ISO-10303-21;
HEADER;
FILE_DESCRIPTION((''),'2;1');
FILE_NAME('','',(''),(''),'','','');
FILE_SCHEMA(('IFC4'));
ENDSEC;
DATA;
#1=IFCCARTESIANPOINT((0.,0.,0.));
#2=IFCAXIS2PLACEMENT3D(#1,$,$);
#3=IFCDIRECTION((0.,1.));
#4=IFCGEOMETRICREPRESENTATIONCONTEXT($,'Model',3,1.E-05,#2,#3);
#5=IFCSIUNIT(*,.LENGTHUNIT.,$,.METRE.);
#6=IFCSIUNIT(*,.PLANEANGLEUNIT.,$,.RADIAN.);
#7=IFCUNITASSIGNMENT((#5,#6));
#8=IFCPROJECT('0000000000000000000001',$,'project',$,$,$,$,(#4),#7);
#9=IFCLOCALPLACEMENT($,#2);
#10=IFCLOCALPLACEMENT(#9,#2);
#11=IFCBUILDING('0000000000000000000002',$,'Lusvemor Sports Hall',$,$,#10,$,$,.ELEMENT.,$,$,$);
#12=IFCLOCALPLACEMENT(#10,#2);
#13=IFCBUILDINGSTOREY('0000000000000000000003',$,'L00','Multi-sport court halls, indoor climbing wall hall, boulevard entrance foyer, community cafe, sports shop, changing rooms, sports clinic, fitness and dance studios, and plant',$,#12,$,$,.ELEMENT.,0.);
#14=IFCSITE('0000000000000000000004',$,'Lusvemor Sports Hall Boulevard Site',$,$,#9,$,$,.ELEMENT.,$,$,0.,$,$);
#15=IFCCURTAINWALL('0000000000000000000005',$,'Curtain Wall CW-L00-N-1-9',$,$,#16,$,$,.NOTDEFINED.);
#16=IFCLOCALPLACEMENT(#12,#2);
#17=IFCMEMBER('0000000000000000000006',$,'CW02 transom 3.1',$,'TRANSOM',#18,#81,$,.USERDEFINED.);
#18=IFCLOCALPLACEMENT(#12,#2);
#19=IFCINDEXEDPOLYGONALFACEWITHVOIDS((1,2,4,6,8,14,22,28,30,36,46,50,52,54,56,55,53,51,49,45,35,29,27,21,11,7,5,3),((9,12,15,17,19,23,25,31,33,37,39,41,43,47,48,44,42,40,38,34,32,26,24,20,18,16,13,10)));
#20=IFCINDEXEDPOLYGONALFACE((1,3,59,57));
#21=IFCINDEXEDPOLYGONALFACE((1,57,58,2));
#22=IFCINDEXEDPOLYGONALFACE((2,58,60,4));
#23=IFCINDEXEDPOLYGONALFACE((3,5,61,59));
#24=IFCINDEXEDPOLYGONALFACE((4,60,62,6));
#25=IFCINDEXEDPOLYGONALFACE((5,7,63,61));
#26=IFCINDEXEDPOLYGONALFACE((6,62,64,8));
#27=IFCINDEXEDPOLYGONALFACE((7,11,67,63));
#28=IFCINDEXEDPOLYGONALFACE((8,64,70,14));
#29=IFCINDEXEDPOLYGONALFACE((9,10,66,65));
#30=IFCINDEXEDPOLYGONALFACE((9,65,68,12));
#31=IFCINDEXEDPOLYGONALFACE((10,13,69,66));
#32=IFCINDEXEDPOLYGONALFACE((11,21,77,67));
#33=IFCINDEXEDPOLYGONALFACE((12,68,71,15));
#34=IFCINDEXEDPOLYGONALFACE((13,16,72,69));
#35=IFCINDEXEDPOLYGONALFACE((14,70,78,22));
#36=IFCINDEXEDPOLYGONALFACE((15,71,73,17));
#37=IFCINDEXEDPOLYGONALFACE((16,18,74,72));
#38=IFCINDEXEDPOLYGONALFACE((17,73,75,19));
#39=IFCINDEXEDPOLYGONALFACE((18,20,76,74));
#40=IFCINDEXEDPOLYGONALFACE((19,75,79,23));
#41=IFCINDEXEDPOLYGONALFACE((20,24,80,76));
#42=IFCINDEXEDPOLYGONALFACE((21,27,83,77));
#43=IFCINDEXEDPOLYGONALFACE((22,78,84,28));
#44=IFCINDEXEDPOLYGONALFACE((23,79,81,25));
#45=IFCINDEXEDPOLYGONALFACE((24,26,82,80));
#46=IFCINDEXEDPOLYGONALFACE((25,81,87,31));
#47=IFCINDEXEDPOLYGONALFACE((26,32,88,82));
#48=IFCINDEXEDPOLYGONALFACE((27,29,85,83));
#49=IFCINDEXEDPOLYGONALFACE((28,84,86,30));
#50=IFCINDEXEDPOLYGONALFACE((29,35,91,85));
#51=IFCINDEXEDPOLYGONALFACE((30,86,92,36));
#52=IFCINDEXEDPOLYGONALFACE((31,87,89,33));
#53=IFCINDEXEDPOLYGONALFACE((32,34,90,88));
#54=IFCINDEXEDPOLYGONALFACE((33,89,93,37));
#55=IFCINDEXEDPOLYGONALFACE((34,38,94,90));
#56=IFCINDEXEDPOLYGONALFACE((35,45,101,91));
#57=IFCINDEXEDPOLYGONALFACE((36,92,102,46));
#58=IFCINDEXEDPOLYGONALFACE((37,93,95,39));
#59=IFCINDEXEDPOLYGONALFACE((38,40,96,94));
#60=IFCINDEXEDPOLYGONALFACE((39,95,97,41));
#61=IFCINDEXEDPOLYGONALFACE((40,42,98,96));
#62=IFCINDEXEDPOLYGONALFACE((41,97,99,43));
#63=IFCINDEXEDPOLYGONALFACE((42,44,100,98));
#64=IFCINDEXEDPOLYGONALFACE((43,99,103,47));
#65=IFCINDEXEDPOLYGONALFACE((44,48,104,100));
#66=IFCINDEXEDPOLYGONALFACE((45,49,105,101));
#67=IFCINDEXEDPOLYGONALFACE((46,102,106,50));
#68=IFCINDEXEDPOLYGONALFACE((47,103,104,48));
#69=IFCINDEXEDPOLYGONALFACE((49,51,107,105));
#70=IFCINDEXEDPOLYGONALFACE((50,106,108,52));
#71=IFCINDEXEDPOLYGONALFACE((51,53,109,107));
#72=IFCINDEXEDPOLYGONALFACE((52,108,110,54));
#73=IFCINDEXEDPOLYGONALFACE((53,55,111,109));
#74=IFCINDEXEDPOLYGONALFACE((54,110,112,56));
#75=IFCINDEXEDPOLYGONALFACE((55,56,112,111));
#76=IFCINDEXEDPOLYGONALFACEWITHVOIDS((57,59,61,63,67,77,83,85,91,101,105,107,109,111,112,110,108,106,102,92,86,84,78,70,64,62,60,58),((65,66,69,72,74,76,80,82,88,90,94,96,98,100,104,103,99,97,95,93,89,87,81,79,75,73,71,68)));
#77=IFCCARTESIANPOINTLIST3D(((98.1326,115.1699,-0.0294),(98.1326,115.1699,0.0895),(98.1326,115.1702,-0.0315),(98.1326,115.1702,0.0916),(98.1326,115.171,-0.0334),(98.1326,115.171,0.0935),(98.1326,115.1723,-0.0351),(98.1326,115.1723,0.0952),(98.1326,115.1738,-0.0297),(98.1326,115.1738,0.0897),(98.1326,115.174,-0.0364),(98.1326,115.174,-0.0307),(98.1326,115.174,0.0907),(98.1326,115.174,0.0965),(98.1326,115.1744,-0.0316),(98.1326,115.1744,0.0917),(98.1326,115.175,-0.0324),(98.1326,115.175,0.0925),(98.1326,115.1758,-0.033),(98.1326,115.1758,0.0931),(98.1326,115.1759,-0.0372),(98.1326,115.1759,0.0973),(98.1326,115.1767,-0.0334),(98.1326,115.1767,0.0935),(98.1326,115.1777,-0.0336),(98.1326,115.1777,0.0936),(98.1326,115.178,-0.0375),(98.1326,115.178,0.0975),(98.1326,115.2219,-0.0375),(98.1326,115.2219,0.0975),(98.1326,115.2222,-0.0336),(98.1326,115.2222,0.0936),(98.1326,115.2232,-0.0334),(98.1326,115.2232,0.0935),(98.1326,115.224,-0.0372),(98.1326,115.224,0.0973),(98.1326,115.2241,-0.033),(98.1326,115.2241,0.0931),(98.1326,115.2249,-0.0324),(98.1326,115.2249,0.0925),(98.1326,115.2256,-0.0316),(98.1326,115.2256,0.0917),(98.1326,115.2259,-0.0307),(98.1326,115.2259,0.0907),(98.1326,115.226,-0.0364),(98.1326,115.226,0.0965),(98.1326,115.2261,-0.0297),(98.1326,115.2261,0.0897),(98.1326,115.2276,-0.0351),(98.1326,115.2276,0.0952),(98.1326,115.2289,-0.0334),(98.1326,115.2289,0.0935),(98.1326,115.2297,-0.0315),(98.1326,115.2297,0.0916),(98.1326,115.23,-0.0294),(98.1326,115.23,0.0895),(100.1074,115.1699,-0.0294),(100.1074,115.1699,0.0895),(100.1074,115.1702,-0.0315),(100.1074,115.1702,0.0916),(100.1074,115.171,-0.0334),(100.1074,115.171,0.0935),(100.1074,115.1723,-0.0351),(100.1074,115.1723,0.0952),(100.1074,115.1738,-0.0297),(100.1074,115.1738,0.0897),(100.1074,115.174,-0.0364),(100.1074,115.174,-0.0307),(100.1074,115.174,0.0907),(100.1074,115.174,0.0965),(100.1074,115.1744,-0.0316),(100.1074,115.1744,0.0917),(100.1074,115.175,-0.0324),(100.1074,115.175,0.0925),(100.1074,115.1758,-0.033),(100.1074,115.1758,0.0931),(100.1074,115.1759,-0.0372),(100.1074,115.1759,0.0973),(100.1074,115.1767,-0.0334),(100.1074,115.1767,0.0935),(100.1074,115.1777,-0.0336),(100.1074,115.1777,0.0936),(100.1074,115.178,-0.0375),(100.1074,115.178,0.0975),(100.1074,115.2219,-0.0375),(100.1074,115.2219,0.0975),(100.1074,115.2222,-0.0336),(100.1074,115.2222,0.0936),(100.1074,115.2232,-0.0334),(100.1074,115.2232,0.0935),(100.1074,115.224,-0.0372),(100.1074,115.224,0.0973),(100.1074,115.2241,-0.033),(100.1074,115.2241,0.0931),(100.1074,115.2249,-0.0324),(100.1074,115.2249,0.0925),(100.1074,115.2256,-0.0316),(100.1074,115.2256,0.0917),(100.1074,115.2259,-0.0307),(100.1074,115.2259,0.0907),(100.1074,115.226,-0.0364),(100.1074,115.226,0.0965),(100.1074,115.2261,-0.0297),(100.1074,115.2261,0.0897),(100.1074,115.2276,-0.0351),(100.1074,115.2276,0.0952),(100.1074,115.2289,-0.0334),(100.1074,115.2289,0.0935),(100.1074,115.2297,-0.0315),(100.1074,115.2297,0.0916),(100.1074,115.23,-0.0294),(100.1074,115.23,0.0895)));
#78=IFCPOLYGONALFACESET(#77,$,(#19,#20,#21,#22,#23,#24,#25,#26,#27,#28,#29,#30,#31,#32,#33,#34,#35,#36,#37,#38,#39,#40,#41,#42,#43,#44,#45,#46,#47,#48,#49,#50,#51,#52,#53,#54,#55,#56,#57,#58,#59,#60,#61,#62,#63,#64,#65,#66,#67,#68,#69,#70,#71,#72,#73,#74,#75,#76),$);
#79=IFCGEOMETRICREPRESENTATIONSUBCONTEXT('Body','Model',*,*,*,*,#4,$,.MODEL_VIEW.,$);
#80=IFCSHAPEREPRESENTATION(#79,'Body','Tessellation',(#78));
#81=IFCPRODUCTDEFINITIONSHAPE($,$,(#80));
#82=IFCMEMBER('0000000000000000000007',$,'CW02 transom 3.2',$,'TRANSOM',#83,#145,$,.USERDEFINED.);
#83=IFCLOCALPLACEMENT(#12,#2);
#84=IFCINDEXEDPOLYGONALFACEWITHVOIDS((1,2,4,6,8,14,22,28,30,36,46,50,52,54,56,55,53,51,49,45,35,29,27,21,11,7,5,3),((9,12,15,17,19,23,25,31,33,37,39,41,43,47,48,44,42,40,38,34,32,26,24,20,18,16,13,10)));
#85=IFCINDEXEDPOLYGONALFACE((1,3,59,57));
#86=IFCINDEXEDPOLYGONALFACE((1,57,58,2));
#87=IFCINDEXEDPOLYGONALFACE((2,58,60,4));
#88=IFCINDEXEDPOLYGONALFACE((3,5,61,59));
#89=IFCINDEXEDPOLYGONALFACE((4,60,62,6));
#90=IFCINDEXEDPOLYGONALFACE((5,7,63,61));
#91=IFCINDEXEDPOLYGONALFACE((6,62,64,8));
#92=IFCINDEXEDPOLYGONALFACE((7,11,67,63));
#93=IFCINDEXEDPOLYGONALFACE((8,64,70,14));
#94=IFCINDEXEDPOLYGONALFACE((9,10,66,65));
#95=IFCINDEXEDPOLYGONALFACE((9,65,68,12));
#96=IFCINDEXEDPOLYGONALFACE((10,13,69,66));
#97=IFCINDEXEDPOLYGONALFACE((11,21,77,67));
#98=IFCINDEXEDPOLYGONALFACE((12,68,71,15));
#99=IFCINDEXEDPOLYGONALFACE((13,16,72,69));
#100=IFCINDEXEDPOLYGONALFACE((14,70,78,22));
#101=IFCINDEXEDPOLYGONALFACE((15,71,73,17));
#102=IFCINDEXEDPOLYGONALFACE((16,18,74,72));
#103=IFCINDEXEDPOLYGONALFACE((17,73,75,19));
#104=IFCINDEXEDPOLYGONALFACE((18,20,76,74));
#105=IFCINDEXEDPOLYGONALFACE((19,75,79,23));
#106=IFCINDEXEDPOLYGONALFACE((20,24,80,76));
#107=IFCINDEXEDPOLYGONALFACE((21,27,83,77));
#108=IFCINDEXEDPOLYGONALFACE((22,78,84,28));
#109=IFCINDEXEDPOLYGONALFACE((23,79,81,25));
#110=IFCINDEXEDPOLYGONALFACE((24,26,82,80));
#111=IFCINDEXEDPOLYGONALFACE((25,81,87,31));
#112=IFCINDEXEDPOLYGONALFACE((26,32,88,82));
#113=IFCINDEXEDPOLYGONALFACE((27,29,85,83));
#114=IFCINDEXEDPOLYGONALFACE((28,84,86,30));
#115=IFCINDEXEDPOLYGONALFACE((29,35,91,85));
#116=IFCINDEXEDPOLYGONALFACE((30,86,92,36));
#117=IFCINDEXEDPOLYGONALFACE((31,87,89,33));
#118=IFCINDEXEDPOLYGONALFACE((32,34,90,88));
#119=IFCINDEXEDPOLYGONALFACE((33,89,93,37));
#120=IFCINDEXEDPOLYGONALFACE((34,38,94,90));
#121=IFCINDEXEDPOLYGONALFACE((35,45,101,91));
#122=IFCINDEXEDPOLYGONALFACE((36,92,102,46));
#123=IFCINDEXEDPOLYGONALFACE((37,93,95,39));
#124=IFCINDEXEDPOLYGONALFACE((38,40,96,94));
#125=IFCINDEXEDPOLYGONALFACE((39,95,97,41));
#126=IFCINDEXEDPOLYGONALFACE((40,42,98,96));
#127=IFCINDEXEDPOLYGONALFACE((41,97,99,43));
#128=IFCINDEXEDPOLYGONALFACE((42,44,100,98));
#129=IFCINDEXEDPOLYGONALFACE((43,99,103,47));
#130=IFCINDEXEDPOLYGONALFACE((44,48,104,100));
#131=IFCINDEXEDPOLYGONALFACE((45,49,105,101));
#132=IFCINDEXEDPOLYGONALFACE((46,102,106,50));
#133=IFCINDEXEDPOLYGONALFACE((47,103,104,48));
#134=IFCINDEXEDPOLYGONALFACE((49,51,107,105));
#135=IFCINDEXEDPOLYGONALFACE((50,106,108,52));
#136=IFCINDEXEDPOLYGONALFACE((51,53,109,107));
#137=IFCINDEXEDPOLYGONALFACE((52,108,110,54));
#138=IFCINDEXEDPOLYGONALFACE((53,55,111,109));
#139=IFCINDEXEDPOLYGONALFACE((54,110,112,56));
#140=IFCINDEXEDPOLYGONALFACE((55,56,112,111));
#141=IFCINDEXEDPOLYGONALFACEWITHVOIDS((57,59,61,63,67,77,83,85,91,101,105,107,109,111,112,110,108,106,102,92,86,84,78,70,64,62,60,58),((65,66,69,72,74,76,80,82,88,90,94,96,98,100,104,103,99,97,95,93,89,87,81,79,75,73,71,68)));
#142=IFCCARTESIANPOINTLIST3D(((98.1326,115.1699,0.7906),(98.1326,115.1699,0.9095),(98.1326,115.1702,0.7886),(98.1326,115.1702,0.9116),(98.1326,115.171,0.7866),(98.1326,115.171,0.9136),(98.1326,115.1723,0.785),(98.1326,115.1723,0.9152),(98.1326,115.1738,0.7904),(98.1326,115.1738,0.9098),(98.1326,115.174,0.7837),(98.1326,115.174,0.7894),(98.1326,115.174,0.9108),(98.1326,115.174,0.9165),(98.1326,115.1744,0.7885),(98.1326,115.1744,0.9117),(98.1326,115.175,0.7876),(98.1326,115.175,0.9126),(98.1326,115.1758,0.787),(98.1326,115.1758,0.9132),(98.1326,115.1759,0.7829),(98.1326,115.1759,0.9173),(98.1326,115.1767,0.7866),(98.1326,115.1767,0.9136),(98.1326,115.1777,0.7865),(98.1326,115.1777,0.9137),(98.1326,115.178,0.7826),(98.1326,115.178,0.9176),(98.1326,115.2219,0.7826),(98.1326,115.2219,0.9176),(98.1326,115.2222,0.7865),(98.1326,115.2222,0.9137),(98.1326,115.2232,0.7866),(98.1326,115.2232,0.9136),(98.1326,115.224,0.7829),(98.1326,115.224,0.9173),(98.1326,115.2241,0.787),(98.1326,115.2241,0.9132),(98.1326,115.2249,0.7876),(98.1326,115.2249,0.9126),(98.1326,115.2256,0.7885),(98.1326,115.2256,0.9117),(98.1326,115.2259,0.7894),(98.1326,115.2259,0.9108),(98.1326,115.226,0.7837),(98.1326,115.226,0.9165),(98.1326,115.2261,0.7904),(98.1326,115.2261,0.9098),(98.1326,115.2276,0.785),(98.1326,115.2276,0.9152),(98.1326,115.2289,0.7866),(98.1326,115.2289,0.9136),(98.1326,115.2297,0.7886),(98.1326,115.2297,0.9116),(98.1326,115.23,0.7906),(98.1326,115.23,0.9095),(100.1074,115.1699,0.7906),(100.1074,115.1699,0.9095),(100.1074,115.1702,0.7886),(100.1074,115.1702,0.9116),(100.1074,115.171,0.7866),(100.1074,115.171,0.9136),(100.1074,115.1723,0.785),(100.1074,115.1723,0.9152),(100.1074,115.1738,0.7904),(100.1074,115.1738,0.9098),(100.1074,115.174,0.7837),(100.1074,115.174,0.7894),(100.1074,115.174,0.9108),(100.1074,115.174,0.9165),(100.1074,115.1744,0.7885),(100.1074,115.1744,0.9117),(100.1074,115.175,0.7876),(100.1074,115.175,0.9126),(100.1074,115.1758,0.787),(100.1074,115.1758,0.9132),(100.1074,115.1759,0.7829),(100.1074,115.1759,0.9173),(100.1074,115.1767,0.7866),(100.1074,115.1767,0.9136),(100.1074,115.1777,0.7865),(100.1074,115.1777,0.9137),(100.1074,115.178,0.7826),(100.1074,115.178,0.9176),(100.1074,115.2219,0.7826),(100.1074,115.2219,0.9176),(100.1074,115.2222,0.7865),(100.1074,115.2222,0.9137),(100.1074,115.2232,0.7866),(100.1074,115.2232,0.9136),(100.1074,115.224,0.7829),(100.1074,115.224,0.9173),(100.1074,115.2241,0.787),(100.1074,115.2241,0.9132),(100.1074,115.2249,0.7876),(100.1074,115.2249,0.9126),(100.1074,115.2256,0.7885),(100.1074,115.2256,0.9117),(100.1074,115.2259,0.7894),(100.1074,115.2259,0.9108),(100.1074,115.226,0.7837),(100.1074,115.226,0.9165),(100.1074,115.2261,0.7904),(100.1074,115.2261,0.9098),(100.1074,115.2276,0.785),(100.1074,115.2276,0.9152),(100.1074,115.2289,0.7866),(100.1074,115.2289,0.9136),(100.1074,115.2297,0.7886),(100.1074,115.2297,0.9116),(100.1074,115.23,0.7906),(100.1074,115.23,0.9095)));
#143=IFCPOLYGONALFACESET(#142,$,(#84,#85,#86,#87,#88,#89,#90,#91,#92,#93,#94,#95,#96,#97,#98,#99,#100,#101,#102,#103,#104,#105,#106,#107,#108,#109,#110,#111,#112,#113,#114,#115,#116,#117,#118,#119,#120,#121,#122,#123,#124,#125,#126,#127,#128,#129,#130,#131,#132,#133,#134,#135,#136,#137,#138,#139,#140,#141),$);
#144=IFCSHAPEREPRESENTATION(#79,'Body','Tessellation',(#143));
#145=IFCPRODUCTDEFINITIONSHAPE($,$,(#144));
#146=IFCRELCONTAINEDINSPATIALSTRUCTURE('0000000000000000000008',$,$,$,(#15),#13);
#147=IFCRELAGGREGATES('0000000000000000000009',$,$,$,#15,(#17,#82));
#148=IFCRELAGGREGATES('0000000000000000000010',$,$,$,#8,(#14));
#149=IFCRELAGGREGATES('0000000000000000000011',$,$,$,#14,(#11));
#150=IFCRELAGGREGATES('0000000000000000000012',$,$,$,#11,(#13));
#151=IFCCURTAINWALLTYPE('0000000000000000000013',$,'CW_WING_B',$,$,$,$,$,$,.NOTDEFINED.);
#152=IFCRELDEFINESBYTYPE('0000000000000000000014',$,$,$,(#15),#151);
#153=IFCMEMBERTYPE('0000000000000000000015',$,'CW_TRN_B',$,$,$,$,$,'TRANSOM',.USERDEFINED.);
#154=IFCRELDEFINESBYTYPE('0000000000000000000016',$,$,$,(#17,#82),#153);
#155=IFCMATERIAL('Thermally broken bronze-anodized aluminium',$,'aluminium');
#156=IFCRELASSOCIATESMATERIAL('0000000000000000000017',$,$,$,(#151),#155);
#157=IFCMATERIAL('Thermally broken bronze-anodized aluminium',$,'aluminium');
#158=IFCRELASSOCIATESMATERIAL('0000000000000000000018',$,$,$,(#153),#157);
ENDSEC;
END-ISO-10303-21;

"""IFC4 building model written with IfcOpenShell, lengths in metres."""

from ifc_helpers import new_model, si_unit, direction, frame, origin, origin_2d, place, context, subcontext, project, spatial, hollow_rectangle, extrude, material, material_profile, profile_set, type_object, element, aggregate, save


model = new_model("IFC4")

# Units and contexts
model_context = context("Model", 3, precision=1e-05, world=origin(), true_north=direction((0.0, 1.0)))
body_context = subcontext(model_context, "Body", "Model", "MODEL_VIEW")
ifc_project = project(units=[si_unit("LENGTHUNIT", "METRE"), si_unit("PLANEANGLEUNIT", "RADIAN")], contexts=[model_context])

# Site, building, storey
site_placement = place(None, origin())
site = spatial("IfcSite", under=ifc_project, at=site_placement, Name="Lusvemor Sports Hall Boulevard Site", CompositionType="ELEMENT", RefElevation=0.0)
building_placement = place(site_placement, origin())
building = spatial("IfcBuilding", under=site, at=building_placement, Name="Lusvemor Sports Hall", CompositionType="ELEMENT")
storey_placement = place(building_placement, origin())
storey = spatial("IfcBuildingStorey", under=building, at=storey_placement, Name="L00", Description="Multi-sport court halls, indoor climbing wall hall, boulevard entrance foyer, community cafe, sports shop, changing rooms, sports clinic, fitness and dance studios, and plant", CompositionType="ELEMENT", Elevation=0.0)

# Curtain wall, members
ifc_material_1 = material(Name="Thermally broken bronze-anodized aluminium", Category="aluminium")
curtain_wall_type = type_object("IfcCurtainWallType", Name="CW_WING_B", PredefinedType="NOTDEFINED", material=ifc_material_1)
curtain_wall_placement = place(storey_placement, origin())
curtain_wall = element("IfcCurtainWall", 1, at=curtain_wall_placement, inside=storey, type_object=curtain_wall_type, Name="Curtain Wall CW-L00-N-1-9", PredefinedType="NOTDEFINED")
ifc_material_2 = material(Name="Thermally broken bronze-anodized aluminium", Category="aluminium")
ifc_material_profile_1 = material_profile(ifc_material_2, hollow_rectangle(XDim=0.0601, YDim=0.135, WallThickness=0.0039, InnerFilletRadius=0.0039, OuterFilletRadius=0.0081, at=origin_2d()), Name="CWTRN135x60x4")
ifc_profile_set_1 = profile_set([ifc_material_profile_1], Name="Thermally broken bronze-anodized aluminium")
member_type_1 = type_object("IfcMemberType", Name="CW_TRN_B", ElementType="TRANSOM", PredefinedType="USERDEFINED", material=ifc_profile_set_1)
member_1_placement = place(storey_placement, frame((98.1326, 115.2, 0.03), z_axis=(1.0, 0.0, 0.0), x_axis=(0.0, 1.0, 0.0)))
member_1 = element("IfcMember", 2, at=member_1_placement, type_object=member_type_1, Name="CW02 transom 3.1", ObjectType="TRANSOM", PredefinedType="USERDEFINED", context=body_context, shape_type="SweptSolid", body=[
    extrude(hollow_rectangle(XDim=0.0601, YDim=0.135, WallThickness=0.0039, InnerFilletRadius=0.0039, OuterFilletRadius=0.0081, at=origin_2d()), origin(), (0.0, 0.0, 1.0), 1.9749),
])
member_2_placement = place(storey_placement, frame((98.1326, 115.2, 0.8501), z_axis=(1.0, 0.0, 0.0), x_axis=(0.0, 1.0, 0.0)))
member_2 = element("IfcMember", 3, at=member_2_placement, type_object=member_type_1, Name="CW02 transom 3.2", ObjectType="TRANSOM", PredefinedType="USERDEFINED", context=body_context, shape_type="SweptSolid", body=[
    extrude(hollow_rectangle(XDim=0.0601, YDim=0.135, WallThickness=0.0039, InnerFilletRadius=0.0039, OuterFilletRadius=0.0081, at=origin_2d()), origin(), (0.0, 0.0, 1.0), 1.9749),
])
aggregate(curtain_wall, [member_1, member_2])

save(model, "model.ifc")
